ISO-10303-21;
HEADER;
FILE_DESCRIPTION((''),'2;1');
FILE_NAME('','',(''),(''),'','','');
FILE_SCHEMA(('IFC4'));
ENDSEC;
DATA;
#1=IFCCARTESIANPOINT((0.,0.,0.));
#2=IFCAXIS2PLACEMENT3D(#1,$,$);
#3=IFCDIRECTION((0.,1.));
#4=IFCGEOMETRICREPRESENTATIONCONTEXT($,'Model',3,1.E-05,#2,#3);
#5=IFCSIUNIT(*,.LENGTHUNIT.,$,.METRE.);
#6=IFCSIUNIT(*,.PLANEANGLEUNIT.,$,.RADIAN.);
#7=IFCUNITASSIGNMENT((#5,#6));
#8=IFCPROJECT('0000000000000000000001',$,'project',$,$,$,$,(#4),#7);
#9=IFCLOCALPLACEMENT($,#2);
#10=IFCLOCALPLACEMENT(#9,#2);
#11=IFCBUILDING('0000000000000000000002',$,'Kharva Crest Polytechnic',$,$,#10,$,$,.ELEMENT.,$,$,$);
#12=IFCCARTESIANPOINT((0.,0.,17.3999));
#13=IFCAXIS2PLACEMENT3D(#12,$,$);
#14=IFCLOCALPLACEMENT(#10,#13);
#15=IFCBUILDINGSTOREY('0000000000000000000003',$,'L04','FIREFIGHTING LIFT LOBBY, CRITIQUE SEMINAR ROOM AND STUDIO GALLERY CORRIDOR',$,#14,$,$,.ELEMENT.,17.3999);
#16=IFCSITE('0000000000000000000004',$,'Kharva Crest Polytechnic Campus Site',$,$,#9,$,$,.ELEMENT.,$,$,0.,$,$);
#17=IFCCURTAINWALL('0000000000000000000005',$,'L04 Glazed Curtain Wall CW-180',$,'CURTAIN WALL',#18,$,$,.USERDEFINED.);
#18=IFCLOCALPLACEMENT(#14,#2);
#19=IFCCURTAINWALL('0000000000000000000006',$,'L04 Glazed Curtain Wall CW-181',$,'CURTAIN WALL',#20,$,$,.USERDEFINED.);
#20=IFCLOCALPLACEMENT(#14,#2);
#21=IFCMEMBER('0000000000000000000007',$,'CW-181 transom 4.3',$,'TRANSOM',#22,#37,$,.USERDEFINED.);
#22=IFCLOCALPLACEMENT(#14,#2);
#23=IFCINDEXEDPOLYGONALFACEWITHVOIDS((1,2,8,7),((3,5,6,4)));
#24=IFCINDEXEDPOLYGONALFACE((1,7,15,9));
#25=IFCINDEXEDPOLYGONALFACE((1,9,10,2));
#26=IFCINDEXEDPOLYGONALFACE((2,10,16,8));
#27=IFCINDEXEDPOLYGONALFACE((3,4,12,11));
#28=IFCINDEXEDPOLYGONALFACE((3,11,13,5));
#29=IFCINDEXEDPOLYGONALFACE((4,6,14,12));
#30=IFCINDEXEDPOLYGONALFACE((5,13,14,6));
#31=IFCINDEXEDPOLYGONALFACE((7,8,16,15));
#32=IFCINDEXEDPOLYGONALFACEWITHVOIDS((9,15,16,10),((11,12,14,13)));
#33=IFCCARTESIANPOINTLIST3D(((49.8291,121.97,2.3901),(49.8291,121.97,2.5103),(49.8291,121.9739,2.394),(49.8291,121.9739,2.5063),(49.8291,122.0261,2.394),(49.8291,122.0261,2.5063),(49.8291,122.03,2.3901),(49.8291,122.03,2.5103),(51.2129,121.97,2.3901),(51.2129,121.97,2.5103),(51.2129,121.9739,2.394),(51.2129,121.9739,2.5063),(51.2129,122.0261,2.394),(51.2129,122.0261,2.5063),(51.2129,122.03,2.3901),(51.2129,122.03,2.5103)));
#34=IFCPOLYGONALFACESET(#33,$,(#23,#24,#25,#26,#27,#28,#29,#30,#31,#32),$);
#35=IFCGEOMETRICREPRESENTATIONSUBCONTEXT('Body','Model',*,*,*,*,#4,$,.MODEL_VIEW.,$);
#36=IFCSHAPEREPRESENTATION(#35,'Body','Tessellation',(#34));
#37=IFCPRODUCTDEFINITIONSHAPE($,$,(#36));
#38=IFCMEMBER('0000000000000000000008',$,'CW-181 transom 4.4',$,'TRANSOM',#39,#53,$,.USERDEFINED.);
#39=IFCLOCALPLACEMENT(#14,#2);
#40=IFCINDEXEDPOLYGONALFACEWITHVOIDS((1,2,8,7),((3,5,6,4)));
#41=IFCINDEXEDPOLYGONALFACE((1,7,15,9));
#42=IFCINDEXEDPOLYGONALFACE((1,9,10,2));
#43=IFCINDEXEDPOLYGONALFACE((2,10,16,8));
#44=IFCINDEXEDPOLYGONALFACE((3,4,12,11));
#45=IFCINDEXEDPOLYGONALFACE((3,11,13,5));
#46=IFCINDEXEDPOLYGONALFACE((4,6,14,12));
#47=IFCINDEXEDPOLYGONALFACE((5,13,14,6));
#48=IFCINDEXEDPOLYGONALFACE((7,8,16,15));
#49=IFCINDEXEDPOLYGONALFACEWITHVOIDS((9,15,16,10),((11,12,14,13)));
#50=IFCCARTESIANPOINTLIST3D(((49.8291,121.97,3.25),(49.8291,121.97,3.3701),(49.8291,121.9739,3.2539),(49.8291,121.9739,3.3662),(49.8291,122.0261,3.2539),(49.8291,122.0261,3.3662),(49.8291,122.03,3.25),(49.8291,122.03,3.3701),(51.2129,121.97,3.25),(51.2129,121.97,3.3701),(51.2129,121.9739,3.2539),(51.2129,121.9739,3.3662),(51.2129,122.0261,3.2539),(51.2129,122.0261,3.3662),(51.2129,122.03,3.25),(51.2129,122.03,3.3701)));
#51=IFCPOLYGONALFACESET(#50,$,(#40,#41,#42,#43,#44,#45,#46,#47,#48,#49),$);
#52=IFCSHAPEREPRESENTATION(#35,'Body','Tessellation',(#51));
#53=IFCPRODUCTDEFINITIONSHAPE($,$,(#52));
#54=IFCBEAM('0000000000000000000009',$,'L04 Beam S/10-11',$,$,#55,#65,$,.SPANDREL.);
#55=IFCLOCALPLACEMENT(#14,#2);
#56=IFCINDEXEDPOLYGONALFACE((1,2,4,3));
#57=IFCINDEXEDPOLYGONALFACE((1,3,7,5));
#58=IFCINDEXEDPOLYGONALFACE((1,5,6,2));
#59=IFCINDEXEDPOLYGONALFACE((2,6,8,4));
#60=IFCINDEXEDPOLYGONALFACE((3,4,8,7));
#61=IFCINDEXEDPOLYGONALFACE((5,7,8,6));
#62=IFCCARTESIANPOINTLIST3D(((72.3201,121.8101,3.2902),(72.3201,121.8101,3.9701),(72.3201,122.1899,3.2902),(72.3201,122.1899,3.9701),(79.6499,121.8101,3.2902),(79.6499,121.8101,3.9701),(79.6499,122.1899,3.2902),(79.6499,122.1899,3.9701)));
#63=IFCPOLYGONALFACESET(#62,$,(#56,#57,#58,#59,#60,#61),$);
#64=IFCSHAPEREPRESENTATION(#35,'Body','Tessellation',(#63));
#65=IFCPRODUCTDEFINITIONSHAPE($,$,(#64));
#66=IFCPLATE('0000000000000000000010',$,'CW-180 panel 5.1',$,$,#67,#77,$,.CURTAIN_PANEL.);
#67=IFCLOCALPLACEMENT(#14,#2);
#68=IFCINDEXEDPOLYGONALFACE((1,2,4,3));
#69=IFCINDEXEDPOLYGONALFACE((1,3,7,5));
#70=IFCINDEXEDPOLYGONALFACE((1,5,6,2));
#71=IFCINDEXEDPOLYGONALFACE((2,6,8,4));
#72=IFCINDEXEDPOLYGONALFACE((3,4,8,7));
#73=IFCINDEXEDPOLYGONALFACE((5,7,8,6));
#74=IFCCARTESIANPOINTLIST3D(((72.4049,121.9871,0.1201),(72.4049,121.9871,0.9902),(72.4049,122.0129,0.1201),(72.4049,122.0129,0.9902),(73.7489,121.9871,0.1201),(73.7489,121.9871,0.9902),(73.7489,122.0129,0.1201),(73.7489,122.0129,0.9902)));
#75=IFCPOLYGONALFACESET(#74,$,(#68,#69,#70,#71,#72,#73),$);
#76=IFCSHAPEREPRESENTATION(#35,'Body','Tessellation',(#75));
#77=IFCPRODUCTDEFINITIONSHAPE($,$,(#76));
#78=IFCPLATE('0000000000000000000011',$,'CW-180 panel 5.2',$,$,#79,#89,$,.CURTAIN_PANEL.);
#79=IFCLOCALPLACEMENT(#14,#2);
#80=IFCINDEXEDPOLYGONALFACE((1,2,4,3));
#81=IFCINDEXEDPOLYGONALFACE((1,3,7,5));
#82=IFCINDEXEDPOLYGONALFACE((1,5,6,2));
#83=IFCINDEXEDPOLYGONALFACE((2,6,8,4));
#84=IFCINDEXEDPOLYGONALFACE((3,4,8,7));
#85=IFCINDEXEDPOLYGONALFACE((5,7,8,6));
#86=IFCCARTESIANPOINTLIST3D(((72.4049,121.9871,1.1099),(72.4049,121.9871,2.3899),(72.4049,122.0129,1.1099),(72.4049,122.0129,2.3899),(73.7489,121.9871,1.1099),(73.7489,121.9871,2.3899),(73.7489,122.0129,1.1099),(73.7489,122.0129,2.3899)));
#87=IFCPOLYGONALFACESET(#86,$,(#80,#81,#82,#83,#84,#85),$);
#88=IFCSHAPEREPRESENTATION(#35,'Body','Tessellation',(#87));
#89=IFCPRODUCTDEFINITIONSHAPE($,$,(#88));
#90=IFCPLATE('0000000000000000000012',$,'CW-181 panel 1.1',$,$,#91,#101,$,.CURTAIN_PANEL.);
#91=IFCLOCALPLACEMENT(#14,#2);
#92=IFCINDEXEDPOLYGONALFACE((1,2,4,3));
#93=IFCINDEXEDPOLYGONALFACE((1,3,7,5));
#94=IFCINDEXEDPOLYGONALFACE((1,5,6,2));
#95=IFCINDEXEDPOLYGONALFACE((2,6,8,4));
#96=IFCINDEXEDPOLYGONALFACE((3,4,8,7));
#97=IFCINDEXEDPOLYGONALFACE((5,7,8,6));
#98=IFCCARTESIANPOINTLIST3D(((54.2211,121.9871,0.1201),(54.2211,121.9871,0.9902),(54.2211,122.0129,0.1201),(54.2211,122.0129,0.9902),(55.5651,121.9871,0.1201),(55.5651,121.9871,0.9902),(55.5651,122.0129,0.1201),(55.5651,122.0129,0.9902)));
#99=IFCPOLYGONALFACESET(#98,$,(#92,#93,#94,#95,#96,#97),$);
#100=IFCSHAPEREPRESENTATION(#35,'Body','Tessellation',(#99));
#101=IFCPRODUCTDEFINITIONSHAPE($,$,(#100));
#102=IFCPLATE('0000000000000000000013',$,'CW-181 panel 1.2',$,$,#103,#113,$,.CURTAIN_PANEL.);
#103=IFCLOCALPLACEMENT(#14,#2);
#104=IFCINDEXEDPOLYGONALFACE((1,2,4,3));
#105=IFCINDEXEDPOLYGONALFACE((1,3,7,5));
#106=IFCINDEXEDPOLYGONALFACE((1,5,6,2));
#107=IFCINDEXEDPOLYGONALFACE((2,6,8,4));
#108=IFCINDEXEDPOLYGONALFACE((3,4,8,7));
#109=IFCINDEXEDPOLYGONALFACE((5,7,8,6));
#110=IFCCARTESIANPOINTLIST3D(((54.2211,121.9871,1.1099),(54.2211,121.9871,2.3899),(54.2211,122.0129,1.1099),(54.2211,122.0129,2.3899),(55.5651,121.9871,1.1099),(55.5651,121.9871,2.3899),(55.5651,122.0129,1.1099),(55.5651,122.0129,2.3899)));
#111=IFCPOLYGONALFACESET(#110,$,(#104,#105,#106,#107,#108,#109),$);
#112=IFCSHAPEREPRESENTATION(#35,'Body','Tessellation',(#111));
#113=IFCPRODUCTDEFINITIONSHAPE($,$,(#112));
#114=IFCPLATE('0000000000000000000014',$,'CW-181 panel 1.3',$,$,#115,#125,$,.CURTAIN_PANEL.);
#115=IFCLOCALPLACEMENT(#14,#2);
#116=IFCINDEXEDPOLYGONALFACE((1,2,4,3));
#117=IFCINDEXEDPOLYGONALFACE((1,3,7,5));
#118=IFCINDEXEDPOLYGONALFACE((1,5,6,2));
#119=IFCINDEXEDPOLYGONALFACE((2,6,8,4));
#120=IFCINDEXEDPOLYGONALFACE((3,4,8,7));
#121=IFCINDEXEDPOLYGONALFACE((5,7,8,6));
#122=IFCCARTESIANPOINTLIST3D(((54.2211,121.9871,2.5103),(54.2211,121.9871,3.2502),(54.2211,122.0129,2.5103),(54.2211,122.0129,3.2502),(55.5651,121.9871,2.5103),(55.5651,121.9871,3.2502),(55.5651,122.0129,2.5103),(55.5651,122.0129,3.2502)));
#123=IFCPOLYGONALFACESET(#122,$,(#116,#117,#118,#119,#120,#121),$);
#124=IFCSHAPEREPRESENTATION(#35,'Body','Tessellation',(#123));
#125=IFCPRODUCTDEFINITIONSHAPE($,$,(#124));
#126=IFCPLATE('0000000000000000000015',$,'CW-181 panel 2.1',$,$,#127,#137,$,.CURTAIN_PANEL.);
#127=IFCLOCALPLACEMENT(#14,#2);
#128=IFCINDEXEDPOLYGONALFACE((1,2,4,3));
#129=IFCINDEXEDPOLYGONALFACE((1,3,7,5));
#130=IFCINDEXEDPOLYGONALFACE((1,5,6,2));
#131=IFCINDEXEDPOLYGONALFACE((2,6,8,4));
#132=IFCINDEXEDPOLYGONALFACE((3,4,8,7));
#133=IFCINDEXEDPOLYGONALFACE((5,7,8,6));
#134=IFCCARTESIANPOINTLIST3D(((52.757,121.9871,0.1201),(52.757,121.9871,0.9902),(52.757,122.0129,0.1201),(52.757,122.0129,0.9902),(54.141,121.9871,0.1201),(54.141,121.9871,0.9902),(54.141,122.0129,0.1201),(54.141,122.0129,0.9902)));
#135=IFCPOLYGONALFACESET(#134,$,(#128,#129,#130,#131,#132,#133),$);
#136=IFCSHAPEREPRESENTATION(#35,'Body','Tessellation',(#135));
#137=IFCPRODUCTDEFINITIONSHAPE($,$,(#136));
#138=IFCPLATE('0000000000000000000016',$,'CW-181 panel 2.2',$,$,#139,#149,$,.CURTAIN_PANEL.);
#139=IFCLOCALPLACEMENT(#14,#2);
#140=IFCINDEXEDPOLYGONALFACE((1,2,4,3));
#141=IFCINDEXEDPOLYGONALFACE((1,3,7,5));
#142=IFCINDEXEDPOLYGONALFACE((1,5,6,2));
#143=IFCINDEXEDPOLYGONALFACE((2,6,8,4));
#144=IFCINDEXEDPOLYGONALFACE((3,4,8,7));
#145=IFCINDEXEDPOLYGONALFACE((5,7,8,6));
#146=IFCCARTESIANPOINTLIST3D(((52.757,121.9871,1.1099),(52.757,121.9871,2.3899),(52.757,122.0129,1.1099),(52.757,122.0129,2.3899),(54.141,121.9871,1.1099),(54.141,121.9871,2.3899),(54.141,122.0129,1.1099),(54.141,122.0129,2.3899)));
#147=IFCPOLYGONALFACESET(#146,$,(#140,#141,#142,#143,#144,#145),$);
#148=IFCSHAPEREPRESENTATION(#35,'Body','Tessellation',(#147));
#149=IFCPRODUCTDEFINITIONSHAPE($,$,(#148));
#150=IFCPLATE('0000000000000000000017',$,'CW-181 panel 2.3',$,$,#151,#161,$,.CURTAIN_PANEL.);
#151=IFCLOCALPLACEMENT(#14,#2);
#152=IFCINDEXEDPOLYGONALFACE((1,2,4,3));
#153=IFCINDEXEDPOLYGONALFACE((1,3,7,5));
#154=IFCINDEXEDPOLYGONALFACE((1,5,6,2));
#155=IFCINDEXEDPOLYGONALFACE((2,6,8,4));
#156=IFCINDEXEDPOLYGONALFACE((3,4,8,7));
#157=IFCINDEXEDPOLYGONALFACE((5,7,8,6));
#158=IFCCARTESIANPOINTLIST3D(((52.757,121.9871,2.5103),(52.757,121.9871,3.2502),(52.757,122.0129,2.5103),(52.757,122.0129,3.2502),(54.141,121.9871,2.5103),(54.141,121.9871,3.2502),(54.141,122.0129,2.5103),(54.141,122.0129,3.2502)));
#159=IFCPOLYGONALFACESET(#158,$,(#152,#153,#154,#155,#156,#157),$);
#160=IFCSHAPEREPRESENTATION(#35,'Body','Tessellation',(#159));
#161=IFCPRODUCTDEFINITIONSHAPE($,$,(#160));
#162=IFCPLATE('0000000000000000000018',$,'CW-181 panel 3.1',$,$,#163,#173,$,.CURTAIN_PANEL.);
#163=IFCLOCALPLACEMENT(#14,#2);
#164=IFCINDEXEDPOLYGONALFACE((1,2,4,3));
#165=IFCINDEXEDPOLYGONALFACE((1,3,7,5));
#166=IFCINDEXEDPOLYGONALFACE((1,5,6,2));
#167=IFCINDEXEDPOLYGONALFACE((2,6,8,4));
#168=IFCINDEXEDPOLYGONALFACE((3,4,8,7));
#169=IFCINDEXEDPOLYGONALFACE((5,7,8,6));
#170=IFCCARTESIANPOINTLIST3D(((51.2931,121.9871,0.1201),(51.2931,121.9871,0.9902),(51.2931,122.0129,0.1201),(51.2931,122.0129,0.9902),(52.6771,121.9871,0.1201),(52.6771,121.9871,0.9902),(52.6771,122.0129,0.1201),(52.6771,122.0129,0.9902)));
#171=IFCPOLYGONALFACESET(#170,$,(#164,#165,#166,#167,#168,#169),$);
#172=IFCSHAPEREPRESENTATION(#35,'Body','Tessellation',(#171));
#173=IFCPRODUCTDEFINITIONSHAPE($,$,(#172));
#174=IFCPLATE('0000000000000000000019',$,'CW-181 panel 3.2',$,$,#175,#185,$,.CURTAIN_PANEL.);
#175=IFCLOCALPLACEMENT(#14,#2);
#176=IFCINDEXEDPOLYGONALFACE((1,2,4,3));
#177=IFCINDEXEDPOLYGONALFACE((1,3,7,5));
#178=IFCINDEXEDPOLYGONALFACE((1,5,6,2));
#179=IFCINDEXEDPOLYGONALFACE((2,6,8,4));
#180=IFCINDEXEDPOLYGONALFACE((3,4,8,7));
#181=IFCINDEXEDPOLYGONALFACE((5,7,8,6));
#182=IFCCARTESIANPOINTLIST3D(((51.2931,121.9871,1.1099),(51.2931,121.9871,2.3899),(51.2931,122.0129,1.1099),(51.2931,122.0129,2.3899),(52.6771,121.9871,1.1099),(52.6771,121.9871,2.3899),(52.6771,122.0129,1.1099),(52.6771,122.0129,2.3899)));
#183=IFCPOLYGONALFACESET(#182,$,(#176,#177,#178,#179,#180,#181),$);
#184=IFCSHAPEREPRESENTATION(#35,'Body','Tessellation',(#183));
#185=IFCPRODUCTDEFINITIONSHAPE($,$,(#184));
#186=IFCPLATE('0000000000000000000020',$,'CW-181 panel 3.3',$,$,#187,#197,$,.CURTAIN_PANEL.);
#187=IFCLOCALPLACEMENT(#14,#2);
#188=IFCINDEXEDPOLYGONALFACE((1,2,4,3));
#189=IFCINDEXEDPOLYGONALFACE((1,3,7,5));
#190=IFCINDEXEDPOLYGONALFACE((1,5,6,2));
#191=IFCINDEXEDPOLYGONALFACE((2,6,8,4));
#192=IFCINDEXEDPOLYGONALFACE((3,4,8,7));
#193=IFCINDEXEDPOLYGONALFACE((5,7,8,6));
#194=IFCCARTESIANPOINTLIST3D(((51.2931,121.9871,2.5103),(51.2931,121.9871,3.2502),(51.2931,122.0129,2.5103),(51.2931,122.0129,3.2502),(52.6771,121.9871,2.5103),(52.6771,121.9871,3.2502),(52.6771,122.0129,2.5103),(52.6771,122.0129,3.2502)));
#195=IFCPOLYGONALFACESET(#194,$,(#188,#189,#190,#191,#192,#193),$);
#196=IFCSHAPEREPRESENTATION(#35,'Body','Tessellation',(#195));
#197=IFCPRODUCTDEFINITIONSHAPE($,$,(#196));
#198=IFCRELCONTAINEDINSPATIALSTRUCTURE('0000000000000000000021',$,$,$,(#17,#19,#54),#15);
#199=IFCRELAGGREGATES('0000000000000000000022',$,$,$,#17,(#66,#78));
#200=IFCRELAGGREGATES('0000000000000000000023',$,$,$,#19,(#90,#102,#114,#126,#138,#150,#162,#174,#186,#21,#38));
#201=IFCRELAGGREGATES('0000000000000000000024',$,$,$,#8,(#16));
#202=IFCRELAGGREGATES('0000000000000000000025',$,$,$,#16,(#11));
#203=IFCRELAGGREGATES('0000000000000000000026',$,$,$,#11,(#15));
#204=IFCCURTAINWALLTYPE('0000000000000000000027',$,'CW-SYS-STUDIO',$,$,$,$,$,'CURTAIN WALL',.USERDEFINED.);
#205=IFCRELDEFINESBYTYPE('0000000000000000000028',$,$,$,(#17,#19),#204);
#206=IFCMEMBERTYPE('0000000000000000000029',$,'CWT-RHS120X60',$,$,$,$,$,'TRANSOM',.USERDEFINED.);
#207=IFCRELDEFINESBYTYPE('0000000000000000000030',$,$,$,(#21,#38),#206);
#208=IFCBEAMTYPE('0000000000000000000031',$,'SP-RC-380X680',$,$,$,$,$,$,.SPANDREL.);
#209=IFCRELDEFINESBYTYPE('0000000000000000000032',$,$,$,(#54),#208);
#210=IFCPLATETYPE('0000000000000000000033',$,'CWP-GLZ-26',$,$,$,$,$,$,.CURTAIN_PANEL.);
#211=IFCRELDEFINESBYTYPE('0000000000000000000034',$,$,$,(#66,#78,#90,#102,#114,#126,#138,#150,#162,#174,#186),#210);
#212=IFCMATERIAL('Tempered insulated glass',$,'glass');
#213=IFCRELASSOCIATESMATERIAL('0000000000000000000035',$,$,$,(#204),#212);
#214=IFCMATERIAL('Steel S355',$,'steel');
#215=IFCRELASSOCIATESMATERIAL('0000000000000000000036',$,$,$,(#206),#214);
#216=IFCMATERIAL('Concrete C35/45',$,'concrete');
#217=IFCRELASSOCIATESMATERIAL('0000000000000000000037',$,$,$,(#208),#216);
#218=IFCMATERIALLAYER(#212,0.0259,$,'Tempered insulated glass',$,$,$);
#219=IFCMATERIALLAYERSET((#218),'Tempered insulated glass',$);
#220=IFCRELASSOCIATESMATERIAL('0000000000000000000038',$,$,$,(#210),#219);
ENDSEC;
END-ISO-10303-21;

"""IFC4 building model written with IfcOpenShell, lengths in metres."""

from ifc_helpers import new_model, si_unit, direction, frame, origin, origin_2d, place, context, subcontext, project, spatial, rectangle, hollow_rectangle, extrude, material, layer, layer_set, material_profile, profile_set, type_object, element, aggregate, save


model = new_model("IFC4")

# Units and contexts
model_context = context("Model", 3, precision=1e-05, world=origin(), true_north=direction((0.0, 1.0)))
body_context = subcontext(model_context, "Body", "Model", "MODEL_VIEW")
ifc_project = project(units=[si_unit("LENGTHUNIT", "METRE"), si_unit("PLANEANGLEUNIT", "RADIAN")], contexts=[model_context])

# Site, building, storey
site_placement = place(None, origin())
site = spatial("IfcSite", under=ifc_project, at=site_placement, Name="Kharva Crest Polytechnic Campus Site", CompositionType="ELEMENT", RefElevation=0.0)
building_placement = place(site_placement, origin())
building = spatial("IfcBuilding", under=site, at=building_placement, Name="Kharva Crest Polytechnic", CompositionType="ELEMENT")
storey_placement = place(building_placement, frame((0.0, 0.0, 17.3999)))
storey = spatial("IfcBuildingStorey", under=building, at=storey_placement, Name="L04", Description="FIREFIGHTING LIFT LOBBY, CRITIQUE SEMINAR ROOM AND STUDIO GALLERY CORRIDOR", CompositionType="ELEMENT", Elevation=17.3999)

# Curtain wall
ifc_material_1 = material(Name="Tempered insulated glass", Category="glass")
curtain_wall_type = type_object("IfcCurtainWallType", Name="CW-SYS-STUDIO", ElementType="CURTAIN WALL", PredefinedType="USERDEFINED", material=ifc_material_1)
curtain_wall_1_placement = place(storey_placement, origin())
curtain_wall_1 = element("IfcCurtainWall", 1, at=curtain_wall_1_placement, inside=storey, type_object=curtain_wall_type, Name="L04 Glazed Curtain Wall CW-180", ObjectType="CURTAIN WALL", PredefinedType="USERDEFINED")
ifc_material_2 = material(Name="Steel S355", Category="steel")

# Curtain wall, members
curtain_wall_2_placement = place(storey_placement, origin())
curtain_wall_2 = element("IfcCurtainWall", 2, at=curtain_wall_2_placement, inside=storey, type_object=curtain_wall_type, Name="L04 Glazed Curtain Wall CW-181", ObjectType="CURTAIN WALL", PredefinedType="USERDEFINED")
ifc_material_profile_1 = material_profile(ifc_material_2, hollow_rectangle(XDim=0.0601, YDim=0.1201, WallThickness=0.0039, at=origin_2d()), Name="RHS 120X60X4.0")
ifc_profile_set_1 = profile_set([ifc_material_profile_1], Name="Steel S355")
member_type_1 = type_object("IfcMemberType", Name="CWT-RHS120X60", ElementType="TRANSOM", PredefinedType="USERDEFINED", material=ifc_profile_set_1)
member_1_placement = place(storey_placement, frame((51.2129, 122.0, 2.4502), z_axis=(-1.0, 0.0, 0.0), x_axis=(0.0, -1.0, 0.0)))
member_1 = element("IfcMember", 3, at=member_1_placement, type_object=member_type_1, Name="CW-181 transom 4.3", ObjectType="TRANSOM", PredefinedType="USERDEFINED", context=body_context, shape_type="SweptSolid", body=[
    extrude(hollow_rectangle(XDim=0.0601, YDim=0.1201, WallThickness=0.0039, at=origin_2d()), origin(), (0.0, 0.0, 1.0), 1.3838),
])
member_2_placement = place(storey_placement, frame((51.2129, 122.0, 3.3101), z_axis=(-1.0, 0.0, 0.0), x_axis=(0.0, -1.0, 0.0)))
member_2 = element("IfcMember", 4, at=member_2_placement, type_object=member_type_1, Name="CW-181 transom 4.4", ObjectType="TRANSOM", PredefinedType="USERDEFINED", context=body_context, shape_type="SweptSolid", body=[
    extrude(hollow_rectangle(XDim=0.0601, YDim=0.1201, WallThickness=0.0039, at=origin_2d()), origin(), (0.0, 0.0, 1.0), 1.3838),
])

# Beam
ifc_material_3 = material(Name="Concrete C35/45", Category="concrete")
ifc_material_profile_2 = material_profile(ifc_material_3, rectangle(XDim=0.3799, YDim=0.6799, at=origin_2d()), Name="RECT 380 X 680")
ifc_profile_set_2 = profile_set([ifc_material_profile_2], Name="Concrete C35/45")
beam_type = type_object("IfcBeamType", Name="SP-RC-380X680", PredefinedType="SPANDREL", material=ifc_profile_set_2)
beam_placement = place(storey_placement, frame((72.3201, 122.0, 3.6301), z_axis=(1.0, 0.0, 0.0), x_axis=(0.0, 1.0, 0.0)))
element("IfcBeam", 5, at=beam_placement, inside=storey, type_object=beam_type, Name="L04 Beam S/10-11", PredefinedType="SPANDREL", context=body_context, shape_type="SweptSolid", body=[
    extrude(rectangle(XDim=0.3799, YDim=0.6799, at=origin_2d()), origin(), (0.0, 0.0, 1.0), 7.3298),
])

# Plates
ifc_layer_1 = layer(ifc_material_1, 0.0259, Name="Tempered insulated glass")
ifc_layer_set_1 = layer_set([ifc_layer_1], Name="Tempered insulated glass")
plate_type = type_object("IfcPlateType", Name="CWP-GLZ-26", PredefinedType="CURTAIN_PANEL", material=ifc_layer_set_1)
plate_1_placement = place(storey_placement, frame((73.0769, 122.0, 0.1201), z_axis=(0.0, 0.0, 1.0), x_axis=(-1.0, 0.0, 0.0)))
plate_1 = element("IfcPlate", 6, at=plate_1_placement, type_object=plate_type, Name="CW-180 panel 5.1", PredefinedType="CURTAIN_PANEL", context=body_context, shape_type="SweptSolid", body=[
    extrude(rectangle(XDim=1.344, YDim=0.0259, at=origin_2d()), origin(), (0.0, 0.0, 1.0), 0.8701),
])
plate_2_placement = place(storey_placement, frame((73.0769, 122.0, 1.1099), z_axis=(0.0, 0.0, 1.0), x_axis=(-1.0, 0.0, 0.0)))
plate_2 = element("IfcPlate", 7, at=plate_2_placement, type_object=plate_type, Name="CW-180 panel 5.2", PredefinedType="CURTAIN_PANEL", context=body_context, shape_type="SweptSolid", body=[
    extrude(rectangle(XDim=1.344, YDim=0.0259, at=origin_2d()), origin(), (0.0, 0.0, 1.0), 1.28),
])
aggregate(curtain_wall_1, [plate_1, plate_2])
plate_3_placement = place(storey_placement, frame((54.8931, 122.0, 0.1201), z_axis=(0.0, 0.0, 1.0), x_axis=(-1.0, 0.0, 0.0)))
plate_3 = element("IfcPlate", 8, at=plate_3_placement, type_object=plate_type, Name="CW-181 panel 1.1", PredefinedType="CURTAIN_PANEL", context=body_context, shape_type="SweptSolid", body=[
    extrude(rectangle(XDim=1.344, YDim=0.0259, at=origin_2d()), origin(), (0.0, 0.0, 1.0), 0.8701),
])
plate_4_placement = place(storey_placement, frame((54.8931, 122.0, 1.1099), z_axis=(0.0, 0.0, 1.0), x_axis=(-1.0, 0.0, 0.0)))
plate_4 = element("IfcPlate", 9, at=plate_4_placement, type_object=plate_type, Name="CW-181 panel 1.2", PredefinedType="CURTAIN_PANEL", context=body_context, shape_type="SweptSolid", body=[
    extrude(rectangle(XDim=1.344, YDim=0.0259, at=origin_2d()), origin(), (0.0, 0.0, 1.0), 1.28),
])
plate_5_placement = place(storey_placement, frame((54.8931, 122.0, 2.5103), z_axis=(0.0, 0.0, 1.0), x_axis=(-1.0, 0.0, 0.0)))
plate_5 = element("IfcPlate", 10, at=plate_5_placement, type_object=plate_type, Name="CW-181 panel 1.3", PredefinedType="CURTAIN_PANEL", context=body_context, shape_type="SweptSolid", body=[
    extrude(rectangle(XDim=1.344, YDim=0.0259, at=origin_2d()), origin(), (0.0, 0.0, 1.0), 0.74),
])
plate_6_placement = place(storey_placement, frame((53.449, 122.0, 0.1201), z_axis=(0.0, 0.0, 1.0), x_axis=(-1.0, 0.0, 0.0)))
plate_6 = element("IfcPlate", 11, at=plate_6_placement, type_object=plate_type, Name="CW-181 panel 2.1", PredefinedType="CURTAIN_PANEL", context=body_context, shape_type="SweptSolid", body=[
    extrude(rectangle(XDim=1.384, YDim=0.0259, at=origin_2d()), origin(), (0.0, 0.0, 1.0), 0.8701),
])
plate_7_placement = place(storey_placement, frame((53.449, 122.0, 1.1099), z_axis=(0.0, 0.0, 1.0), x_axis=(-1.0, 0.0, 0.0)))
plate_7 = element("IfcPlate", 12, at=plate_7_placement, type_object=plate_type, Name="CW-181 panel 2.2", PredefinedType="CURTAIN_PANEL", context=body_context, shape_type="SweptSolid", body=[
    extrude(rectangle(XDim=1.384, YDim=0.0259, at=origin_2d()), origin(), (0.0, 0.0, 1.0), 1.28),
])
plate_8_placement = place(storey_placement, frame((53.449, 122.0, 2.5103), z_axis=(0.0, 0.0, 1.0), x_axis=(-1.0, 0.0, 0.0)))
plate_8 = element("IfcPlate", 13, at=plate_8_placement, type_object=plate_type, Name="CW-181 panel 2.3", PredefinedType="CURTAIN_PANEL", context=body_context, shape_type="SweptSolid", body=[
    extrude(rectangle(XDim=1.384, YDim=0.0259, at=origin_2d()), origin(), (0.0, 0.0, 1.0), 0.74),
])
plate_9_placement = place(storey_placement, frame((51.9851, 122.0, 0.1201), z_axis=(0.0, 0.0, 1.0), x_axis=(-1.0, 0.0, 0.0)))
plate_9 = element("IfcPlate", 14, at=plate_9_placement, type_object=plate_type, Name="CW-181 panel 3.1", PredefinedType="CURTAIN_PANEL", context=body_context, shape_type="SweptSolid", body=[
    extrude(rectangle(XDim=1.384, YDim=0.0259, at=origin_2d()), origin(), (0.0, 0.0, 1.0), 0.8701),
])
plate_10_placement = place(storey_placement, frame((51.9851, 122.0, 1.1099), z_axis=(0.0, 0.0, 1.0), x_axis=(-1.0, 0.0, 0.0)))
plate_10 = element("IfcPlate", 15, at=plate_10_placement, type_object=plate_type, Name="CW-181 panel 3.2", PredefinedType="CURTAIN_PANEL", context=body_context, shape_type="SweptSolid", body=[
    extrude(rectangle(XDim=1.384, YDim=0.0259, at=origin_2d()), origin(), (0.0, 0.0, 1.0), 1.28),
])
plate_11_placement = place(storey_placement, frame((51.9851, 122.0, 2.5103), z_axis=(0.0, 0.0, 1.0), x_axis=(-1.0, 0.0, 0.0)))
plate_11 = element("IfcPlate", 16, at=plate_11_placement, type_object=plate_type, Name="CW-181 panel 3.3", PredefinedType="CURTAIN_PANEL", context=body_context, shape_type="SweptSolid", body=[
    extrude(rectangle(XDim=1.384, YDim=0.0259, at=origin_2d()), origin(), (0.0, 0.0, 1.0), 0.74),
])
aggregate(curtain_wall_2, [plate_3, plate_4, plate_5, plate_6, plate_7, plate_8, plate_9, plate_10, plate_11, member_1, member_2])

save(model, "model.ifc")
